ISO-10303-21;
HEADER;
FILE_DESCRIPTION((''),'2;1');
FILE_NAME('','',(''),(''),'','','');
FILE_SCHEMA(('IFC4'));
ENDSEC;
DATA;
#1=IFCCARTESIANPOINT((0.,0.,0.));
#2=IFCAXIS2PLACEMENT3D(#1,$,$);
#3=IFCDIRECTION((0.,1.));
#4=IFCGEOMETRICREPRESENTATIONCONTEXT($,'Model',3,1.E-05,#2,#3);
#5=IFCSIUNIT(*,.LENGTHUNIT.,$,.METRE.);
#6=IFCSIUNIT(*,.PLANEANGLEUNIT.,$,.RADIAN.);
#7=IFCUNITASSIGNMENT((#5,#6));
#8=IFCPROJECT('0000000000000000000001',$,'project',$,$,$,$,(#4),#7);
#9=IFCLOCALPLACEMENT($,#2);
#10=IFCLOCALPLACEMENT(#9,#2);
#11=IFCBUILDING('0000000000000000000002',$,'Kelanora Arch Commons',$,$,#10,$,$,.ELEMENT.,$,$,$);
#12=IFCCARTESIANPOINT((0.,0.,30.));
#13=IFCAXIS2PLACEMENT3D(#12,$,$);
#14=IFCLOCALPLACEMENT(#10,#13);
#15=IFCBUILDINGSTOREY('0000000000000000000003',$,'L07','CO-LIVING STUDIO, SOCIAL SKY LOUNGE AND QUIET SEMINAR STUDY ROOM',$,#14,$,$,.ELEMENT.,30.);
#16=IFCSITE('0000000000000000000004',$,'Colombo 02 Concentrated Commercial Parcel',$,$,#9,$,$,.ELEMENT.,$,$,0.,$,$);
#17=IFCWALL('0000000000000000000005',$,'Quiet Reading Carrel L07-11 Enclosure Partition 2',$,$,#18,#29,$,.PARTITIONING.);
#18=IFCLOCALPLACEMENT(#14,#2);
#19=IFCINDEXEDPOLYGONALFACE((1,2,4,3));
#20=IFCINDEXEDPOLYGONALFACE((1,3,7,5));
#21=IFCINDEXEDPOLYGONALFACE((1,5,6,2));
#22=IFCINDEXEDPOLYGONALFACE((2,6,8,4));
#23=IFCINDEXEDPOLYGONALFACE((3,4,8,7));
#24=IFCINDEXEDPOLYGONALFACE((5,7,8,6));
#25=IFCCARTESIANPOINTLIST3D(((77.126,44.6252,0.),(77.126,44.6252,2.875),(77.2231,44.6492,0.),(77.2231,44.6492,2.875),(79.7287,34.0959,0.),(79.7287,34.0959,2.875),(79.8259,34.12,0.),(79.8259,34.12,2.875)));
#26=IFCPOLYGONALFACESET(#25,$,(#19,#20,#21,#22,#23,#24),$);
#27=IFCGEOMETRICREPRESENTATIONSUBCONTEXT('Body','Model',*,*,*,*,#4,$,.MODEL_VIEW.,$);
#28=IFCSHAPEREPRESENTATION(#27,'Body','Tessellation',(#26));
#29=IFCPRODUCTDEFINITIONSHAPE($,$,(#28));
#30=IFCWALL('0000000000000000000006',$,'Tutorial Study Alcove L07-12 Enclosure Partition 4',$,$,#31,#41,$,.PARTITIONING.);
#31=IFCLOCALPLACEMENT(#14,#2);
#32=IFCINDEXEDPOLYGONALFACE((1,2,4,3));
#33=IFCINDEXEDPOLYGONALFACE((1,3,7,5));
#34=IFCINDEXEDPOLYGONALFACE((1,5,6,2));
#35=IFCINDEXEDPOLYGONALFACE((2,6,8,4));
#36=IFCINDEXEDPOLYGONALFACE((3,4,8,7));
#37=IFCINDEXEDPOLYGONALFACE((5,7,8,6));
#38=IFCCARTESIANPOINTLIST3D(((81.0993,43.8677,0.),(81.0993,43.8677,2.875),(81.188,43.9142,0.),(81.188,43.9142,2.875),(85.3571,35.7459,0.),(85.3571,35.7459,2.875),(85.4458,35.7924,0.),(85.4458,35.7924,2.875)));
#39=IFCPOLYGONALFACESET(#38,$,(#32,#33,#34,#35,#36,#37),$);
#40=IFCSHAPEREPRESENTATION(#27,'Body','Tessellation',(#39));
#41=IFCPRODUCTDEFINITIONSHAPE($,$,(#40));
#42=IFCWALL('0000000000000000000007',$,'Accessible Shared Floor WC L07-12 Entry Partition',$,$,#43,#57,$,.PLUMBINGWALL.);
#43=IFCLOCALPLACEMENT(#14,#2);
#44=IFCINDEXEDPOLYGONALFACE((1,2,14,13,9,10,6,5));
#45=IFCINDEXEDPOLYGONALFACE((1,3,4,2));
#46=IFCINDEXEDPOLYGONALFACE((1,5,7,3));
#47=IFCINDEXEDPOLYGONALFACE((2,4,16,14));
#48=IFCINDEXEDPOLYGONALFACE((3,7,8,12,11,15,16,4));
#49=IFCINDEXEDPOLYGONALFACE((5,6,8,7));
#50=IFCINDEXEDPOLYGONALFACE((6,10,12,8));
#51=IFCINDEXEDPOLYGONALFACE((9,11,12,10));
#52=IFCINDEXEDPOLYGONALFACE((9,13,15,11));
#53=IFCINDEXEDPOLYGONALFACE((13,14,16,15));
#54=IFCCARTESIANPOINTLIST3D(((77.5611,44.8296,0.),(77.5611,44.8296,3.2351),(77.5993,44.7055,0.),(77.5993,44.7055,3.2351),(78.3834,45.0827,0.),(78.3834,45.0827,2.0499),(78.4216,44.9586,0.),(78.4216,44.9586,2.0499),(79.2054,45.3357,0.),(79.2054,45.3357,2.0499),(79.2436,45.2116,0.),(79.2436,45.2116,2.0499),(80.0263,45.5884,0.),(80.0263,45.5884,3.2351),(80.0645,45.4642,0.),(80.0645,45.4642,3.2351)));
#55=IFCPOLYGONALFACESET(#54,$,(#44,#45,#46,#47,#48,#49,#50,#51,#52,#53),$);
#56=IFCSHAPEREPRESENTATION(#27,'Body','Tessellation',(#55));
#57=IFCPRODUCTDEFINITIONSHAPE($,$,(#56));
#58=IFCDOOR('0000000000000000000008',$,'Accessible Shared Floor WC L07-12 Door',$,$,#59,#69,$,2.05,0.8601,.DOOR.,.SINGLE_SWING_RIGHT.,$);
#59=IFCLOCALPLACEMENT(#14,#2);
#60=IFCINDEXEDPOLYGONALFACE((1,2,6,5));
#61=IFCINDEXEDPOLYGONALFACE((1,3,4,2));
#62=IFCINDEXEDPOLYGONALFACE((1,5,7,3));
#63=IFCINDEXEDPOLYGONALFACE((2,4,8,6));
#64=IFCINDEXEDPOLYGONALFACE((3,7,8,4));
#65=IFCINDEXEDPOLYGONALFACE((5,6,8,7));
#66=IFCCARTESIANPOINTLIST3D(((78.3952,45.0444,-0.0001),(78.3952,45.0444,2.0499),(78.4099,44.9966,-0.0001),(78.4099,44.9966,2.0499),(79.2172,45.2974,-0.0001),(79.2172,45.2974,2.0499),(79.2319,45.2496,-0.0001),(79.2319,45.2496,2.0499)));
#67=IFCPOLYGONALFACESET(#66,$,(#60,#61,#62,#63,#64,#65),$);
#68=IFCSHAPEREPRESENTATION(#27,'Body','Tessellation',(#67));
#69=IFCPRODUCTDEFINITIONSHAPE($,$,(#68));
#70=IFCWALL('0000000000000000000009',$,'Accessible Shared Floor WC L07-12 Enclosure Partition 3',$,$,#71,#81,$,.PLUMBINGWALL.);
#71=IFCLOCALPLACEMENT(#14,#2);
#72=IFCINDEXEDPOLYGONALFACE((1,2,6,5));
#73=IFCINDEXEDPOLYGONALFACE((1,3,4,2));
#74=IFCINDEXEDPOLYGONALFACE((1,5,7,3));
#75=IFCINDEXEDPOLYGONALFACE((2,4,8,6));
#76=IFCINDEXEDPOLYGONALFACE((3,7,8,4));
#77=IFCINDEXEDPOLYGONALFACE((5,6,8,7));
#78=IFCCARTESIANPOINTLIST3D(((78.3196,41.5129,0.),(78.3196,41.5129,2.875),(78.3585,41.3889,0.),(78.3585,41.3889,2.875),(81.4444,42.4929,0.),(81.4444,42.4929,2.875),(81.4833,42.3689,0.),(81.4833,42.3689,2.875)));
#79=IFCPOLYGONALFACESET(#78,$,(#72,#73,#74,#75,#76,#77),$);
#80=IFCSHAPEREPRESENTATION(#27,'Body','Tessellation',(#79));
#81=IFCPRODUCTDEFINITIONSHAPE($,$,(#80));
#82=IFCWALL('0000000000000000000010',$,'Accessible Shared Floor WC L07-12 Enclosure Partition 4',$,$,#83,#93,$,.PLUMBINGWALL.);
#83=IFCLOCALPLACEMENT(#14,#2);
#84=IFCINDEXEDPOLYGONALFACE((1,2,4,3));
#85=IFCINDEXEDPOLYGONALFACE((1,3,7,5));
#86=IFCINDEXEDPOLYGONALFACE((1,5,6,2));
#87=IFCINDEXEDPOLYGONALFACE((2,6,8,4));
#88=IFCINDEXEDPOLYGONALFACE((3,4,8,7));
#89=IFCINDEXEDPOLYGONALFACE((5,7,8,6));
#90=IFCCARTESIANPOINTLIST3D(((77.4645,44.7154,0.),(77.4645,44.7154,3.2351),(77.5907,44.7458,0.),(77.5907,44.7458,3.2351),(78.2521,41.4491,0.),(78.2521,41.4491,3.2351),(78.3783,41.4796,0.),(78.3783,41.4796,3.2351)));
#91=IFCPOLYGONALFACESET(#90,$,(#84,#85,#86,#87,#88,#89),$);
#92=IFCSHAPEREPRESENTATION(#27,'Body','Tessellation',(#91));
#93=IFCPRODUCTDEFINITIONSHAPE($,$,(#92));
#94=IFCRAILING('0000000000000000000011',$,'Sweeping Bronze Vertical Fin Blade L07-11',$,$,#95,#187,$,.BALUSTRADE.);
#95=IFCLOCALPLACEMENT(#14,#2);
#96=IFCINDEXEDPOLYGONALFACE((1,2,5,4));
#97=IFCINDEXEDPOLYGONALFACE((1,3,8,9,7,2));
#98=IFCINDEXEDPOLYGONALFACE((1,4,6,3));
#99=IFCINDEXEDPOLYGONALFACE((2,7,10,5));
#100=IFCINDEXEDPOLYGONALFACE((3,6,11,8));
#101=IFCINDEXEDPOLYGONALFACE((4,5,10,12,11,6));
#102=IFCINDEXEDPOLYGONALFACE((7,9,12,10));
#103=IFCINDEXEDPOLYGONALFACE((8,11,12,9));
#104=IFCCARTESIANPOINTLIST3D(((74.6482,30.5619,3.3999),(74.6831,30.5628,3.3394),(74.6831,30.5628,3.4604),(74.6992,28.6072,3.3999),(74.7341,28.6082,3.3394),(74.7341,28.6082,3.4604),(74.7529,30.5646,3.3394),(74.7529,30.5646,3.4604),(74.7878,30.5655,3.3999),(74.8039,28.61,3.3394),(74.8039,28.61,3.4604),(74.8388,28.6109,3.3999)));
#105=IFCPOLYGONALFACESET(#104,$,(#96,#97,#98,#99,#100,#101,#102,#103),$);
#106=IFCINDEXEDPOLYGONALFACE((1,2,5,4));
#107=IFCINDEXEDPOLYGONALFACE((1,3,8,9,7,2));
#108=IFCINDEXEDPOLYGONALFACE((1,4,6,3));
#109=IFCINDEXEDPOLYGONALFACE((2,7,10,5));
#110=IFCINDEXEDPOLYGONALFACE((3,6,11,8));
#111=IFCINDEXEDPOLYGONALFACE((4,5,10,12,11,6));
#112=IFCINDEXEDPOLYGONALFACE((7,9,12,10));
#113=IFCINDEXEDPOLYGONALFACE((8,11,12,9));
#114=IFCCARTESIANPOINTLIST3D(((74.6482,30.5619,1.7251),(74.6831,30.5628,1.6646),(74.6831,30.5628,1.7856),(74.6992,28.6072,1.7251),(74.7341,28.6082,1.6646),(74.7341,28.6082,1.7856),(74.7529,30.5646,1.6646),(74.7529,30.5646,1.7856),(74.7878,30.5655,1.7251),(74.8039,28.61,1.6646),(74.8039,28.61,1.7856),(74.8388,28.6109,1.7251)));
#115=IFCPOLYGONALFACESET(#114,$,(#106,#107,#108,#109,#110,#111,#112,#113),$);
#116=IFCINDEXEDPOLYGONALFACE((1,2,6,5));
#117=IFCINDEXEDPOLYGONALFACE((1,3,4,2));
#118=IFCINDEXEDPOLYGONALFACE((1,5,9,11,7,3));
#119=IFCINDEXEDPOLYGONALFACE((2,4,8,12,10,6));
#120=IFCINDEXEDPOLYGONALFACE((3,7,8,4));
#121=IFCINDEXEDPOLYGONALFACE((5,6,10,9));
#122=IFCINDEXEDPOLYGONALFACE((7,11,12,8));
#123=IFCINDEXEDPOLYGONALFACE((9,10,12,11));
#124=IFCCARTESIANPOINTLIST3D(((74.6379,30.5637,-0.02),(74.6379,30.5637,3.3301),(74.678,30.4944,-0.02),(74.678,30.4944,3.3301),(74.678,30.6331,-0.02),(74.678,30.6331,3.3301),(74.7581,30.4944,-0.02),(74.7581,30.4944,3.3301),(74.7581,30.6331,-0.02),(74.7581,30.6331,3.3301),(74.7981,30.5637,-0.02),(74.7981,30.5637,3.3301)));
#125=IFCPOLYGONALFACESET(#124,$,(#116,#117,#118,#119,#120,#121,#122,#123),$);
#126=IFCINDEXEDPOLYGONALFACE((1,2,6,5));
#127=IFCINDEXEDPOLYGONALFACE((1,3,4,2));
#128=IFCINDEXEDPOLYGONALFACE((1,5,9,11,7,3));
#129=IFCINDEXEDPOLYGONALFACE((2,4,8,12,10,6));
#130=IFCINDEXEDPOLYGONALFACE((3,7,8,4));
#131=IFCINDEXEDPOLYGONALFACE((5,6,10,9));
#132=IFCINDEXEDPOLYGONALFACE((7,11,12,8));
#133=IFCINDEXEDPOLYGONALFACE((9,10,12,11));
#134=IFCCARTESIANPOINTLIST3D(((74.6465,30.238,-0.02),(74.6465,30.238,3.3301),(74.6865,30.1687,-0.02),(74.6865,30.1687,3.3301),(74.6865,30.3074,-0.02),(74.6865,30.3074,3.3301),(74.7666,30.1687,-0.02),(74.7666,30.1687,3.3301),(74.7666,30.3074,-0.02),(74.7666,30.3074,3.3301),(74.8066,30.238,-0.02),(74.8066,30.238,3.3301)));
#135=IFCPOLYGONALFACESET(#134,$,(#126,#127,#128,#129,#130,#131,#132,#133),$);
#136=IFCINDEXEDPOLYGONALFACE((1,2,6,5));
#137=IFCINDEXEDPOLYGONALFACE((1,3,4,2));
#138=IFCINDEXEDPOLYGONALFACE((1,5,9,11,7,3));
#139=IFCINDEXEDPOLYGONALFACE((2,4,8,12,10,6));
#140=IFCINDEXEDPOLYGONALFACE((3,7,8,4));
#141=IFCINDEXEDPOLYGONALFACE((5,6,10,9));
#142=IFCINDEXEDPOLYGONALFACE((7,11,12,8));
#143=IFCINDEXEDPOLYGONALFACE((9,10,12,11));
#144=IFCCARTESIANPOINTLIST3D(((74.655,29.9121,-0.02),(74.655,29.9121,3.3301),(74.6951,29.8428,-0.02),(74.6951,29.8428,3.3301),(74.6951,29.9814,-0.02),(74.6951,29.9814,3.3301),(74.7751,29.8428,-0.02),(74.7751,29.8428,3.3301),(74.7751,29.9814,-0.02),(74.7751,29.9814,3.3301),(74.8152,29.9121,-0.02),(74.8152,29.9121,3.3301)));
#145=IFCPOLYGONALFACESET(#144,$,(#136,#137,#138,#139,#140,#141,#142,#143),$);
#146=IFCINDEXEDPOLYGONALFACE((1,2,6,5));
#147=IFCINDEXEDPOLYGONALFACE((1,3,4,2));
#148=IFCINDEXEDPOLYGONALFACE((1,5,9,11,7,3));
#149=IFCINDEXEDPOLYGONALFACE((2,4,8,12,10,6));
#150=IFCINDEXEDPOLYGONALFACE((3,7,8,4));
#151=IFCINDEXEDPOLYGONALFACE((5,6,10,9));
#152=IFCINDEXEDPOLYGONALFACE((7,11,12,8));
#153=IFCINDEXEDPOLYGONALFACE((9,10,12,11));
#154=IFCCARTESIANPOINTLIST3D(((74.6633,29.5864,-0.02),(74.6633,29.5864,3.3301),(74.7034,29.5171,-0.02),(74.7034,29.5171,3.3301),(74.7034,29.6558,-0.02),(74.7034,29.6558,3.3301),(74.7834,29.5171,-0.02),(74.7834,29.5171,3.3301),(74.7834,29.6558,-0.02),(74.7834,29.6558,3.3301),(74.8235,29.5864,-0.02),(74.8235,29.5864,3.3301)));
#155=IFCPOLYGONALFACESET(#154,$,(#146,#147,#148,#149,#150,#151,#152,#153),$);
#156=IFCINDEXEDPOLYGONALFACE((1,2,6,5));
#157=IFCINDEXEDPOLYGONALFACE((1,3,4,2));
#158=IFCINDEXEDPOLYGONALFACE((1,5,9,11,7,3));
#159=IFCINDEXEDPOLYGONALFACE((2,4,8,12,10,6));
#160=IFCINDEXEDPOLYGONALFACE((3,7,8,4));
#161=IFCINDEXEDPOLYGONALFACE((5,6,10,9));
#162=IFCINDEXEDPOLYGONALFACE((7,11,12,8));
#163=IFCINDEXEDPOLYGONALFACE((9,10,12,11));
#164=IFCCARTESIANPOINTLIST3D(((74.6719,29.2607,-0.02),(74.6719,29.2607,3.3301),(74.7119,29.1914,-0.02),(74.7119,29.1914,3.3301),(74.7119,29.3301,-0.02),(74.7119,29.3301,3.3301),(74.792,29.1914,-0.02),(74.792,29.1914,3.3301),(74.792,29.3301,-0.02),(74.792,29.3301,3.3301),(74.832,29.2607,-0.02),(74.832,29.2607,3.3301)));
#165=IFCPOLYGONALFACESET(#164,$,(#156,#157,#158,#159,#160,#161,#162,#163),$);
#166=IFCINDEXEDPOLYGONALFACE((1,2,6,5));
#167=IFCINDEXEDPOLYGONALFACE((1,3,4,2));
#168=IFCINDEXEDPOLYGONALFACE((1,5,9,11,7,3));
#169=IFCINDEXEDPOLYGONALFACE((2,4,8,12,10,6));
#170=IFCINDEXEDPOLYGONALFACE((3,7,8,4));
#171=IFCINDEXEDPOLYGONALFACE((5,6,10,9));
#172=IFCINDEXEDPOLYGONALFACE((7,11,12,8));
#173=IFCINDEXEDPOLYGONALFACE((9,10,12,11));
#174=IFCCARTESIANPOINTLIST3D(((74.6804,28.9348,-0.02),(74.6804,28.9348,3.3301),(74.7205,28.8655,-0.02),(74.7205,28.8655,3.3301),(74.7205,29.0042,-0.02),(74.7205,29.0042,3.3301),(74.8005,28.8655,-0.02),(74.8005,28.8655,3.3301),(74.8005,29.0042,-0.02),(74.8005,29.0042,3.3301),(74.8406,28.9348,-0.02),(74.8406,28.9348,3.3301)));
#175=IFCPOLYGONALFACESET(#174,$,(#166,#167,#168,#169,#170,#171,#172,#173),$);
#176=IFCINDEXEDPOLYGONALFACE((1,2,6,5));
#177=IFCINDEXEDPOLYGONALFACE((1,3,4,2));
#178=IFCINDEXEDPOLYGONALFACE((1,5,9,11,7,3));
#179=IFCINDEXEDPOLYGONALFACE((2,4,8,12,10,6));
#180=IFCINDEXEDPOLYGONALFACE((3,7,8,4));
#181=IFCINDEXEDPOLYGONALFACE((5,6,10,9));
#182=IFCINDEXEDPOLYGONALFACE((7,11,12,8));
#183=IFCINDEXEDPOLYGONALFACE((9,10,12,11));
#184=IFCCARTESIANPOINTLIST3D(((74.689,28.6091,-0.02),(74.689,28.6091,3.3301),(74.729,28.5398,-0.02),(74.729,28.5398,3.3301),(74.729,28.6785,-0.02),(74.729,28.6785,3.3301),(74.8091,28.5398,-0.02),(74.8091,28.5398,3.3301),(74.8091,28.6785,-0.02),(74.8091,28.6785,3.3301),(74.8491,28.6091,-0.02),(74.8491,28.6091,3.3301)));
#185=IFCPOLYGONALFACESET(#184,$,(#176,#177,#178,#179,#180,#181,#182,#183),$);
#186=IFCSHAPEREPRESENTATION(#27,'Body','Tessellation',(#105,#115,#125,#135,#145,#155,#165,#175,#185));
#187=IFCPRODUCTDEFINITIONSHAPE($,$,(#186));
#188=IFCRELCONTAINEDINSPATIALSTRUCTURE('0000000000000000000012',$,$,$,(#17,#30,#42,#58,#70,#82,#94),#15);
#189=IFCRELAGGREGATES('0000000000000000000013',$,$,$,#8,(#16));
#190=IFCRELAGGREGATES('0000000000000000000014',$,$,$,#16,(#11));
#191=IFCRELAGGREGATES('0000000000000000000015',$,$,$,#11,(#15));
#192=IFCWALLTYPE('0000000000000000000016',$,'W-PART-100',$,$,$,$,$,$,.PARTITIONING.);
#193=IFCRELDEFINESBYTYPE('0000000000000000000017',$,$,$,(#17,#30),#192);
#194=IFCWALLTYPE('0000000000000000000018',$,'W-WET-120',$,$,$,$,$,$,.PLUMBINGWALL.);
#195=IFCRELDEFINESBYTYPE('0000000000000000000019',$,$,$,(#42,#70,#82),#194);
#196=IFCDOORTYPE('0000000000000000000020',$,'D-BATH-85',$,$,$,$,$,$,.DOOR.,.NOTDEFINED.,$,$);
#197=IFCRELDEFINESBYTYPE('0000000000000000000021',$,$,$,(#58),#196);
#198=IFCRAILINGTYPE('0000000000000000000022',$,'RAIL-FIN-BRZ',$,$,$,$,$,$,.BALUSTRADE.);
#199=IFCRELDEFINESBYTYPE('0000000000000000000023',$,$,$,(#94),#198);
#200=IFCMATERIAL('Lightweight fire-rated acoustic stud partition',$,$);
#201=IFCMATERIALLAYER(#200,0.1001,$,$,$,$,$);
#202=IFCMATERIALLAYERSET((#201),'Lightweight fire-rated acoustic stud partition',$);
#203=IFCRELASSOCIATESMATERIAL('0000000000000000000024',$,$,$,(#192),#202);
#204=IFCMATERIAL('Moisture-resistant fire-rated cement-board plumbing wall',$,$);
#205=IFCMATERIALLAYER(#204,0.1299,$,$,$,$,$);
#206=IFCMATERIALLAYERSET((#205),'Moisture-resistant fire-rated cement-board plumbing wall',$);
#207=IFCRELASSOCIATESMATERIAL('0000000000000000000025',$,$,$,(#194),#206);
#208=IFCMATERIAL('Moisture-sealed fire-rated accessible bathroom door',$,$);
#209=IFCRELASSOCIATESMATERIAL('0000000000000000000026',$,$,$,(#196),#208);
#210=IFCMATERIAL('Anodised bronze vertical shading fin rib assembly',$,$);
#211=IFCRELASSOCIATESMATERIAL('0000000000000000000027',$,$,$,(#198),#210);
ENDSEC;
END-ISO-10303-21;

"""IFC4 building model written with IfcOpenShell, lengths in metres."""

from ifc_helpers import new_model, si_unit, direction, frame, frame_2d, origin, place, context, subcontext, project, spatial, polyline, rectangle, outline, extrude, material, layer, layer_set, type_object, element, fill, save


model = new_model("IFC4")

# Units and contexts
model_context = context("Model", 3, precision=1e-05, world=origin(), true_north=direction((0.0, 1.0)))
body_context = subcontext(model_context, "Body", "Model", "MODEL_VIEW")
ifc_project = project(units=[si_unit("LENGTHUNIT", "METRE"), si_unit("PLANEANGLEUNIT", "RADIAN")], contexts=[model_context])

# Site, building, storey
site_placement = place(None, origin())
site = spatial("IfcSite", under=ifc_project, at=site_placement, Name="Colombo 02 Concentrated Commercial Parcel", CompositionType="ELEMENT", RefElevation=0.0)
building_placement = place(site_placement, origin())
building = spatial("IfcBuilding", under=site, at=building_placement, Name="Kelanora Arch Commons", CompositionType="ELEMENT")
storey_placement = place(building_placement, frame((0.0, 0.0, 30.0)))
storey = spatial("IfcBuildingStorey", under=building, at=storey_placement, Name="L07", Description="CO-LIVING STUDIO, SOCIAL SKY LOUNGE AND QUIET SEMINAR STUDY ROOM", CompositionType="ELEMENT", Elevation=30.0)

# Walls
ifc_material_1 = material(Name="Lightweight fire-rated acoustic stud partition")
ifc_layer_1 = layer(ifc_material_1, 0.1001)
ifc_layer_set_1 = layer_set([ifc_layer_1], Name="Lightweight fire-rated acoustic stud partition")
wall_type_1 = type_object("IfcWallType", Name="W-PART-100", PredefinedType="PARTITIONING", material=ifc_layer_set_1)
wall_1_placement = place(storey_placement, frame((77.1746, 44.6372, 0.0), z_axis=(0.0, 0.0, 1.0), x_axis=(0.239971, -0.97078, 0.0)))
element("IfcWall", 1, at=wall_1_placement, inside=storey, type_object=wall_type_1, Name="Quiet Reading Carrel L07-11 Enclosure Partition 2", PredefinedType="PARTITIONING", context=body_context, shape_type="SweptSolid", body=[
    extrude(rectangle(XDim=10.8462, YDim=0.1001, at=frame_2d((5.4231, 0.0))), origin(), (0.0, 0.0, 1.0), 2.875),
])
wall_2_placement = place(storey_placement, frame((85.4014, 35.7693, 0.0), z_axis=(0.0, 0.0, 1.0), x_axis=(-0.464308, 0.885674, 0.0)))
element("IfcWall", 2, at=wall_2_placement, inside=storey, type_object=wall_type_1, Name="Tutorial Study Alcove L07-12 Enclosure Partition 4", PredefinedType="PARTITIONING", context=body_context, shape_type="SweptSolid", body=[
    extrude(rectangle(XDim=9.1702, YDim=0.1001, at=frame_2d((4.585, 0.0))), origin(), (0.0, 0.0, 1.0), 2.875),
])

# Wall, opening, door
ifc_material_2 = material(Name="Moisture-resistant fire-rated cement-board plumbing wall")
ifc_layer_2 = layer(ifc_material_2, 0.1299)
ifc_layer_set_2 = layer_set([ifc_layer_2], Name="Moisture-resistant fire-rated cement-board plumbing wall")
wall_type_2 = type_object("IfcWallType", Name="W-WET-120", PredefinedType="PLUMBINGWALL", material=ifc_layer_set_2)
wall_3_placement = place(storey_placement, frame((77.5803, 44.7676, 0.0), z_axis=(0.0, 0.0, 1.0), x_axis=(0.955754, 0.294166, 0.0)))
wall_3 = element("IfcWall", 3, at=wall_3_placement, inside=storey, type_object=wall_type_2, Name="Accessible Shared Floor WC L07-12 Entry Partition", PredefinedType="PLUMBINGWALL", context=body_context, shape_type="SweptSolid", body=[
    extrude(rectangle(XDim=2.5793, YDim=0.1299, at=frame_2d((1.2896, 0.0))), origin(), (0.0, 0.0, 1.0), 3.2351),
])
opening_placement = place(wall_3_placement, frame((0.8601, 0.0, 0.0)))
opening = element("IfcOpeningElement", 4, at=opening_placement, cuts=wall_3, PredefinedType="OPENING", context=body_context, shape_type="SweptSolid", body=[
    extrude(rectangle(XDim=0.8601, YDim=2.05, at=frame_2d((0.4302, 1.0249))), frame((0.0, 0.075, 0.0), z_axis=(0.0, -1.0, 0.0), x_axis=(1.0, 0.0, 0.0)), (0.0, 0.0, 1.0), 0.1499),
])
ifc_material_3 = material(Name="Moisture-sealed fire-rated accessible bathroom door")
door_type = type_object("IfcDoorType", Name="D-BATH-85", OperationType="NOTDEFINED", PredefinedType="DOOR", material=ifc_material_3)
door_placement = place(opening_placement, origin())
door = element("IfcDoor", 5, at=door_placement, inside=storey, type_object=door_type, Name="Accessible Shared Floor WC L07-12 Door", OperationType="SINGLE_SWING_RIGHT", OverallHeight=2.05, OverallWidth=0.8601, PredefinedType="DOOR", context=body_context, shape_type="SweptSolid", body=[
    extrude(rectangle(XDim=0.8601, YDim=2.05, at=frame_2d((0.4302, 1.0249))), frame((0.0, 0.0249, 0.0), z_axis=(0.0, -1.0, 0.0), x_axis=(1.0, 0.0, 0.0)), (0.0, 0.0, 1.0), 0.05),
])
fill(opening, door)

# Walls
wall_4_placement = place(storey_placement, frame((81.4639, 42.4309, 0.0), z_axis=(0.0, 0.0, 1.0), x_axis=(-0.954176, -0.299247, 0.0)))
element("IfcWall", 6, at=wall_4_placement, inside=storey, type_object=wall_type_2, Name="Accessible Shared Floor WC L07-12 Enclosure Partition 3", PredefinedType="PLUMBINGWALL", context=body_context, shape_type="SweptSolid", body=[
    extrude(rectangle(XDim=3.2749, YDim=0.1299, at=frame_2d((1.6375, 0.0))), origin(), (0.0, 0.0, 1.0), 2.875),
])
wall_5_placement = place(storey_placement, frame((78.3152, 41.4644, 0.0), z_axis=(0.0, 0.0, 1.0), x_axis=(-0.234406, 0.972139, 0.0)))
element("IfcWall", 7, at=wall_5_placement, inside=storey, type_object=wall_type_2, Name="Accessible Shared Floor WC L07-12 Enclosure Partition 4", PredefinedType="PLUMBINGWALL", context=body_context, shape_type="SweptSolid", body=[
    extrude(rectangle(XDim=3.3599, YDim=0.1299, at=frame_2d((1.6799, 0.0))), origin(), (0.0, 0.0, 1.0), 3.2351),
])

# Railing
ifc_material_4 = material(Name="Anodised bronze vertical shading fin rib assembly")
railing_type = type_object("IfcRailingType", Name="RAIL-FIN-BRZ", PredefinedType="BALUSTRADE", material=ifc_material_4)
railing_placement = place(storey_placement, frame((74.718, 30.5637, -0.02)))
element("IfcRailing", 8, at=railing_placement, inside=storey, type_object=railing_type, Name="Sweeping Bronze Vertical Fin Blade L07-11", PredefinedType="BALUSTRADE", context=body_context, shape_type="SweptSolid", body=[
    extrude(outline(polyline([(0.0698, 0.0), (0.0349, 0.0605), (-0.0349, 0.0605), (-0.0698, 0.0), (-0.0349, -0.0605), (0.0349, -0.0605), (0.0698, 0.0)])), frame((0.0, 0.0, 3.4199), z_axis=(0.026097, -0.999659, 0.0), x_axis=(0.999659, 0.026097, 0.0)), (0.0, 0.0, 1.0), 1.9553),
    extrude(outline(polyline([(0.0698, 0.0), (0.0349, 0.0605), (-0.0349, 0.0605), (-0.0698, 0.0), (-0.0349, -0.0605), (0.0349, -0.0605), (0.0698, 0.0)])), frame((0.0, 0.0, 1.7451), z_axis=(0.026097, -0.999659, 0.0), x_axis=(0.999659, 0.026097, 0.0)), (0.0, 0.0, 1.0), 1.9553),
    extrude(outline(polyline([(0.0801, 0.0), (0.04, 0.0693), (-0.04, 0.0693), (-0.0801, 0.0), (-0.04, -0.0693), (0.04, -0.0693), (0.0801, 0.0)])), origin(), (0.0, 0.0, 1.0), 3.3501),
    extrude(outline(polyline([(0.0801, 0.0), (0.04, 0.0693), (-0.04, 0.0693), (-0.0801, 0.0), (-0.04, -0.0693), (0.04, -0.0693), (0.0801, 0.0)])), frame((0.0085, -0.3257, 0.0)), (0.0, 0.0, 1.0), 3.3501),
    extrude(outline(polyline([(0.0801, 0.0), (0.04, 0.0693), (-0.04, 0.0693), (-0.0801, 0.0), (-0.04, -0.0693), (0.04, -0.0693), (0.0801, 0.0)])), frame((0.0171, -0.6516, 0.0)), (0.0, 0.0, 1.0), 3.3501),
    extrude(outline(polyline([(0.0801, 0.0), (0.04, 0.0693), (-0.04, 0.0693), (-0.0801, 0.0), (-0.04, -0.0693), (0.04, -0.0693), (0.0801, 0.0)])), frame((0.0254, -0.9773, 0.0)), (0.0, 0.0, 1.0), 3.3501),
    extrude(outline(polyline([(0.0801, 0.0), (0.04, 0.0693), (-0.04, 0.0693), (-0.0801, 0.0), (-0.04, -0.0693), (0.04, -0.0693), (0.0801, 0.0)])), frame((0.0339, -1.303, 0.0)), (0.0, 0.0, 1.0), 3.3501),
    extrude(outline(polyline([(0.0801, 0.0), (0.04, 0.0693), (-0.04, 0.0693), (-0.0801, 0.0), (-0.04, -0.0693), (0.04, -0.0693), (0.0801, 0.0)])), frame((0.0425, -1.6289, 0.0)), (0.0, 0.0, 1.0), 3.3501),
    extrude(outline(polyline([(0.0801, 0.0), (0.04, 0.0693), (-0.04, 0.0693), (-0.0801, 0.0), (-0.04, -0.0693), (0.04, -0.0693), (0.0801, 0.0)])), frame((0.051, -1.9546, 0.0)), (0.0, 0.0, 1.0), 3.3501),
])

save(model, "model.ifc")
